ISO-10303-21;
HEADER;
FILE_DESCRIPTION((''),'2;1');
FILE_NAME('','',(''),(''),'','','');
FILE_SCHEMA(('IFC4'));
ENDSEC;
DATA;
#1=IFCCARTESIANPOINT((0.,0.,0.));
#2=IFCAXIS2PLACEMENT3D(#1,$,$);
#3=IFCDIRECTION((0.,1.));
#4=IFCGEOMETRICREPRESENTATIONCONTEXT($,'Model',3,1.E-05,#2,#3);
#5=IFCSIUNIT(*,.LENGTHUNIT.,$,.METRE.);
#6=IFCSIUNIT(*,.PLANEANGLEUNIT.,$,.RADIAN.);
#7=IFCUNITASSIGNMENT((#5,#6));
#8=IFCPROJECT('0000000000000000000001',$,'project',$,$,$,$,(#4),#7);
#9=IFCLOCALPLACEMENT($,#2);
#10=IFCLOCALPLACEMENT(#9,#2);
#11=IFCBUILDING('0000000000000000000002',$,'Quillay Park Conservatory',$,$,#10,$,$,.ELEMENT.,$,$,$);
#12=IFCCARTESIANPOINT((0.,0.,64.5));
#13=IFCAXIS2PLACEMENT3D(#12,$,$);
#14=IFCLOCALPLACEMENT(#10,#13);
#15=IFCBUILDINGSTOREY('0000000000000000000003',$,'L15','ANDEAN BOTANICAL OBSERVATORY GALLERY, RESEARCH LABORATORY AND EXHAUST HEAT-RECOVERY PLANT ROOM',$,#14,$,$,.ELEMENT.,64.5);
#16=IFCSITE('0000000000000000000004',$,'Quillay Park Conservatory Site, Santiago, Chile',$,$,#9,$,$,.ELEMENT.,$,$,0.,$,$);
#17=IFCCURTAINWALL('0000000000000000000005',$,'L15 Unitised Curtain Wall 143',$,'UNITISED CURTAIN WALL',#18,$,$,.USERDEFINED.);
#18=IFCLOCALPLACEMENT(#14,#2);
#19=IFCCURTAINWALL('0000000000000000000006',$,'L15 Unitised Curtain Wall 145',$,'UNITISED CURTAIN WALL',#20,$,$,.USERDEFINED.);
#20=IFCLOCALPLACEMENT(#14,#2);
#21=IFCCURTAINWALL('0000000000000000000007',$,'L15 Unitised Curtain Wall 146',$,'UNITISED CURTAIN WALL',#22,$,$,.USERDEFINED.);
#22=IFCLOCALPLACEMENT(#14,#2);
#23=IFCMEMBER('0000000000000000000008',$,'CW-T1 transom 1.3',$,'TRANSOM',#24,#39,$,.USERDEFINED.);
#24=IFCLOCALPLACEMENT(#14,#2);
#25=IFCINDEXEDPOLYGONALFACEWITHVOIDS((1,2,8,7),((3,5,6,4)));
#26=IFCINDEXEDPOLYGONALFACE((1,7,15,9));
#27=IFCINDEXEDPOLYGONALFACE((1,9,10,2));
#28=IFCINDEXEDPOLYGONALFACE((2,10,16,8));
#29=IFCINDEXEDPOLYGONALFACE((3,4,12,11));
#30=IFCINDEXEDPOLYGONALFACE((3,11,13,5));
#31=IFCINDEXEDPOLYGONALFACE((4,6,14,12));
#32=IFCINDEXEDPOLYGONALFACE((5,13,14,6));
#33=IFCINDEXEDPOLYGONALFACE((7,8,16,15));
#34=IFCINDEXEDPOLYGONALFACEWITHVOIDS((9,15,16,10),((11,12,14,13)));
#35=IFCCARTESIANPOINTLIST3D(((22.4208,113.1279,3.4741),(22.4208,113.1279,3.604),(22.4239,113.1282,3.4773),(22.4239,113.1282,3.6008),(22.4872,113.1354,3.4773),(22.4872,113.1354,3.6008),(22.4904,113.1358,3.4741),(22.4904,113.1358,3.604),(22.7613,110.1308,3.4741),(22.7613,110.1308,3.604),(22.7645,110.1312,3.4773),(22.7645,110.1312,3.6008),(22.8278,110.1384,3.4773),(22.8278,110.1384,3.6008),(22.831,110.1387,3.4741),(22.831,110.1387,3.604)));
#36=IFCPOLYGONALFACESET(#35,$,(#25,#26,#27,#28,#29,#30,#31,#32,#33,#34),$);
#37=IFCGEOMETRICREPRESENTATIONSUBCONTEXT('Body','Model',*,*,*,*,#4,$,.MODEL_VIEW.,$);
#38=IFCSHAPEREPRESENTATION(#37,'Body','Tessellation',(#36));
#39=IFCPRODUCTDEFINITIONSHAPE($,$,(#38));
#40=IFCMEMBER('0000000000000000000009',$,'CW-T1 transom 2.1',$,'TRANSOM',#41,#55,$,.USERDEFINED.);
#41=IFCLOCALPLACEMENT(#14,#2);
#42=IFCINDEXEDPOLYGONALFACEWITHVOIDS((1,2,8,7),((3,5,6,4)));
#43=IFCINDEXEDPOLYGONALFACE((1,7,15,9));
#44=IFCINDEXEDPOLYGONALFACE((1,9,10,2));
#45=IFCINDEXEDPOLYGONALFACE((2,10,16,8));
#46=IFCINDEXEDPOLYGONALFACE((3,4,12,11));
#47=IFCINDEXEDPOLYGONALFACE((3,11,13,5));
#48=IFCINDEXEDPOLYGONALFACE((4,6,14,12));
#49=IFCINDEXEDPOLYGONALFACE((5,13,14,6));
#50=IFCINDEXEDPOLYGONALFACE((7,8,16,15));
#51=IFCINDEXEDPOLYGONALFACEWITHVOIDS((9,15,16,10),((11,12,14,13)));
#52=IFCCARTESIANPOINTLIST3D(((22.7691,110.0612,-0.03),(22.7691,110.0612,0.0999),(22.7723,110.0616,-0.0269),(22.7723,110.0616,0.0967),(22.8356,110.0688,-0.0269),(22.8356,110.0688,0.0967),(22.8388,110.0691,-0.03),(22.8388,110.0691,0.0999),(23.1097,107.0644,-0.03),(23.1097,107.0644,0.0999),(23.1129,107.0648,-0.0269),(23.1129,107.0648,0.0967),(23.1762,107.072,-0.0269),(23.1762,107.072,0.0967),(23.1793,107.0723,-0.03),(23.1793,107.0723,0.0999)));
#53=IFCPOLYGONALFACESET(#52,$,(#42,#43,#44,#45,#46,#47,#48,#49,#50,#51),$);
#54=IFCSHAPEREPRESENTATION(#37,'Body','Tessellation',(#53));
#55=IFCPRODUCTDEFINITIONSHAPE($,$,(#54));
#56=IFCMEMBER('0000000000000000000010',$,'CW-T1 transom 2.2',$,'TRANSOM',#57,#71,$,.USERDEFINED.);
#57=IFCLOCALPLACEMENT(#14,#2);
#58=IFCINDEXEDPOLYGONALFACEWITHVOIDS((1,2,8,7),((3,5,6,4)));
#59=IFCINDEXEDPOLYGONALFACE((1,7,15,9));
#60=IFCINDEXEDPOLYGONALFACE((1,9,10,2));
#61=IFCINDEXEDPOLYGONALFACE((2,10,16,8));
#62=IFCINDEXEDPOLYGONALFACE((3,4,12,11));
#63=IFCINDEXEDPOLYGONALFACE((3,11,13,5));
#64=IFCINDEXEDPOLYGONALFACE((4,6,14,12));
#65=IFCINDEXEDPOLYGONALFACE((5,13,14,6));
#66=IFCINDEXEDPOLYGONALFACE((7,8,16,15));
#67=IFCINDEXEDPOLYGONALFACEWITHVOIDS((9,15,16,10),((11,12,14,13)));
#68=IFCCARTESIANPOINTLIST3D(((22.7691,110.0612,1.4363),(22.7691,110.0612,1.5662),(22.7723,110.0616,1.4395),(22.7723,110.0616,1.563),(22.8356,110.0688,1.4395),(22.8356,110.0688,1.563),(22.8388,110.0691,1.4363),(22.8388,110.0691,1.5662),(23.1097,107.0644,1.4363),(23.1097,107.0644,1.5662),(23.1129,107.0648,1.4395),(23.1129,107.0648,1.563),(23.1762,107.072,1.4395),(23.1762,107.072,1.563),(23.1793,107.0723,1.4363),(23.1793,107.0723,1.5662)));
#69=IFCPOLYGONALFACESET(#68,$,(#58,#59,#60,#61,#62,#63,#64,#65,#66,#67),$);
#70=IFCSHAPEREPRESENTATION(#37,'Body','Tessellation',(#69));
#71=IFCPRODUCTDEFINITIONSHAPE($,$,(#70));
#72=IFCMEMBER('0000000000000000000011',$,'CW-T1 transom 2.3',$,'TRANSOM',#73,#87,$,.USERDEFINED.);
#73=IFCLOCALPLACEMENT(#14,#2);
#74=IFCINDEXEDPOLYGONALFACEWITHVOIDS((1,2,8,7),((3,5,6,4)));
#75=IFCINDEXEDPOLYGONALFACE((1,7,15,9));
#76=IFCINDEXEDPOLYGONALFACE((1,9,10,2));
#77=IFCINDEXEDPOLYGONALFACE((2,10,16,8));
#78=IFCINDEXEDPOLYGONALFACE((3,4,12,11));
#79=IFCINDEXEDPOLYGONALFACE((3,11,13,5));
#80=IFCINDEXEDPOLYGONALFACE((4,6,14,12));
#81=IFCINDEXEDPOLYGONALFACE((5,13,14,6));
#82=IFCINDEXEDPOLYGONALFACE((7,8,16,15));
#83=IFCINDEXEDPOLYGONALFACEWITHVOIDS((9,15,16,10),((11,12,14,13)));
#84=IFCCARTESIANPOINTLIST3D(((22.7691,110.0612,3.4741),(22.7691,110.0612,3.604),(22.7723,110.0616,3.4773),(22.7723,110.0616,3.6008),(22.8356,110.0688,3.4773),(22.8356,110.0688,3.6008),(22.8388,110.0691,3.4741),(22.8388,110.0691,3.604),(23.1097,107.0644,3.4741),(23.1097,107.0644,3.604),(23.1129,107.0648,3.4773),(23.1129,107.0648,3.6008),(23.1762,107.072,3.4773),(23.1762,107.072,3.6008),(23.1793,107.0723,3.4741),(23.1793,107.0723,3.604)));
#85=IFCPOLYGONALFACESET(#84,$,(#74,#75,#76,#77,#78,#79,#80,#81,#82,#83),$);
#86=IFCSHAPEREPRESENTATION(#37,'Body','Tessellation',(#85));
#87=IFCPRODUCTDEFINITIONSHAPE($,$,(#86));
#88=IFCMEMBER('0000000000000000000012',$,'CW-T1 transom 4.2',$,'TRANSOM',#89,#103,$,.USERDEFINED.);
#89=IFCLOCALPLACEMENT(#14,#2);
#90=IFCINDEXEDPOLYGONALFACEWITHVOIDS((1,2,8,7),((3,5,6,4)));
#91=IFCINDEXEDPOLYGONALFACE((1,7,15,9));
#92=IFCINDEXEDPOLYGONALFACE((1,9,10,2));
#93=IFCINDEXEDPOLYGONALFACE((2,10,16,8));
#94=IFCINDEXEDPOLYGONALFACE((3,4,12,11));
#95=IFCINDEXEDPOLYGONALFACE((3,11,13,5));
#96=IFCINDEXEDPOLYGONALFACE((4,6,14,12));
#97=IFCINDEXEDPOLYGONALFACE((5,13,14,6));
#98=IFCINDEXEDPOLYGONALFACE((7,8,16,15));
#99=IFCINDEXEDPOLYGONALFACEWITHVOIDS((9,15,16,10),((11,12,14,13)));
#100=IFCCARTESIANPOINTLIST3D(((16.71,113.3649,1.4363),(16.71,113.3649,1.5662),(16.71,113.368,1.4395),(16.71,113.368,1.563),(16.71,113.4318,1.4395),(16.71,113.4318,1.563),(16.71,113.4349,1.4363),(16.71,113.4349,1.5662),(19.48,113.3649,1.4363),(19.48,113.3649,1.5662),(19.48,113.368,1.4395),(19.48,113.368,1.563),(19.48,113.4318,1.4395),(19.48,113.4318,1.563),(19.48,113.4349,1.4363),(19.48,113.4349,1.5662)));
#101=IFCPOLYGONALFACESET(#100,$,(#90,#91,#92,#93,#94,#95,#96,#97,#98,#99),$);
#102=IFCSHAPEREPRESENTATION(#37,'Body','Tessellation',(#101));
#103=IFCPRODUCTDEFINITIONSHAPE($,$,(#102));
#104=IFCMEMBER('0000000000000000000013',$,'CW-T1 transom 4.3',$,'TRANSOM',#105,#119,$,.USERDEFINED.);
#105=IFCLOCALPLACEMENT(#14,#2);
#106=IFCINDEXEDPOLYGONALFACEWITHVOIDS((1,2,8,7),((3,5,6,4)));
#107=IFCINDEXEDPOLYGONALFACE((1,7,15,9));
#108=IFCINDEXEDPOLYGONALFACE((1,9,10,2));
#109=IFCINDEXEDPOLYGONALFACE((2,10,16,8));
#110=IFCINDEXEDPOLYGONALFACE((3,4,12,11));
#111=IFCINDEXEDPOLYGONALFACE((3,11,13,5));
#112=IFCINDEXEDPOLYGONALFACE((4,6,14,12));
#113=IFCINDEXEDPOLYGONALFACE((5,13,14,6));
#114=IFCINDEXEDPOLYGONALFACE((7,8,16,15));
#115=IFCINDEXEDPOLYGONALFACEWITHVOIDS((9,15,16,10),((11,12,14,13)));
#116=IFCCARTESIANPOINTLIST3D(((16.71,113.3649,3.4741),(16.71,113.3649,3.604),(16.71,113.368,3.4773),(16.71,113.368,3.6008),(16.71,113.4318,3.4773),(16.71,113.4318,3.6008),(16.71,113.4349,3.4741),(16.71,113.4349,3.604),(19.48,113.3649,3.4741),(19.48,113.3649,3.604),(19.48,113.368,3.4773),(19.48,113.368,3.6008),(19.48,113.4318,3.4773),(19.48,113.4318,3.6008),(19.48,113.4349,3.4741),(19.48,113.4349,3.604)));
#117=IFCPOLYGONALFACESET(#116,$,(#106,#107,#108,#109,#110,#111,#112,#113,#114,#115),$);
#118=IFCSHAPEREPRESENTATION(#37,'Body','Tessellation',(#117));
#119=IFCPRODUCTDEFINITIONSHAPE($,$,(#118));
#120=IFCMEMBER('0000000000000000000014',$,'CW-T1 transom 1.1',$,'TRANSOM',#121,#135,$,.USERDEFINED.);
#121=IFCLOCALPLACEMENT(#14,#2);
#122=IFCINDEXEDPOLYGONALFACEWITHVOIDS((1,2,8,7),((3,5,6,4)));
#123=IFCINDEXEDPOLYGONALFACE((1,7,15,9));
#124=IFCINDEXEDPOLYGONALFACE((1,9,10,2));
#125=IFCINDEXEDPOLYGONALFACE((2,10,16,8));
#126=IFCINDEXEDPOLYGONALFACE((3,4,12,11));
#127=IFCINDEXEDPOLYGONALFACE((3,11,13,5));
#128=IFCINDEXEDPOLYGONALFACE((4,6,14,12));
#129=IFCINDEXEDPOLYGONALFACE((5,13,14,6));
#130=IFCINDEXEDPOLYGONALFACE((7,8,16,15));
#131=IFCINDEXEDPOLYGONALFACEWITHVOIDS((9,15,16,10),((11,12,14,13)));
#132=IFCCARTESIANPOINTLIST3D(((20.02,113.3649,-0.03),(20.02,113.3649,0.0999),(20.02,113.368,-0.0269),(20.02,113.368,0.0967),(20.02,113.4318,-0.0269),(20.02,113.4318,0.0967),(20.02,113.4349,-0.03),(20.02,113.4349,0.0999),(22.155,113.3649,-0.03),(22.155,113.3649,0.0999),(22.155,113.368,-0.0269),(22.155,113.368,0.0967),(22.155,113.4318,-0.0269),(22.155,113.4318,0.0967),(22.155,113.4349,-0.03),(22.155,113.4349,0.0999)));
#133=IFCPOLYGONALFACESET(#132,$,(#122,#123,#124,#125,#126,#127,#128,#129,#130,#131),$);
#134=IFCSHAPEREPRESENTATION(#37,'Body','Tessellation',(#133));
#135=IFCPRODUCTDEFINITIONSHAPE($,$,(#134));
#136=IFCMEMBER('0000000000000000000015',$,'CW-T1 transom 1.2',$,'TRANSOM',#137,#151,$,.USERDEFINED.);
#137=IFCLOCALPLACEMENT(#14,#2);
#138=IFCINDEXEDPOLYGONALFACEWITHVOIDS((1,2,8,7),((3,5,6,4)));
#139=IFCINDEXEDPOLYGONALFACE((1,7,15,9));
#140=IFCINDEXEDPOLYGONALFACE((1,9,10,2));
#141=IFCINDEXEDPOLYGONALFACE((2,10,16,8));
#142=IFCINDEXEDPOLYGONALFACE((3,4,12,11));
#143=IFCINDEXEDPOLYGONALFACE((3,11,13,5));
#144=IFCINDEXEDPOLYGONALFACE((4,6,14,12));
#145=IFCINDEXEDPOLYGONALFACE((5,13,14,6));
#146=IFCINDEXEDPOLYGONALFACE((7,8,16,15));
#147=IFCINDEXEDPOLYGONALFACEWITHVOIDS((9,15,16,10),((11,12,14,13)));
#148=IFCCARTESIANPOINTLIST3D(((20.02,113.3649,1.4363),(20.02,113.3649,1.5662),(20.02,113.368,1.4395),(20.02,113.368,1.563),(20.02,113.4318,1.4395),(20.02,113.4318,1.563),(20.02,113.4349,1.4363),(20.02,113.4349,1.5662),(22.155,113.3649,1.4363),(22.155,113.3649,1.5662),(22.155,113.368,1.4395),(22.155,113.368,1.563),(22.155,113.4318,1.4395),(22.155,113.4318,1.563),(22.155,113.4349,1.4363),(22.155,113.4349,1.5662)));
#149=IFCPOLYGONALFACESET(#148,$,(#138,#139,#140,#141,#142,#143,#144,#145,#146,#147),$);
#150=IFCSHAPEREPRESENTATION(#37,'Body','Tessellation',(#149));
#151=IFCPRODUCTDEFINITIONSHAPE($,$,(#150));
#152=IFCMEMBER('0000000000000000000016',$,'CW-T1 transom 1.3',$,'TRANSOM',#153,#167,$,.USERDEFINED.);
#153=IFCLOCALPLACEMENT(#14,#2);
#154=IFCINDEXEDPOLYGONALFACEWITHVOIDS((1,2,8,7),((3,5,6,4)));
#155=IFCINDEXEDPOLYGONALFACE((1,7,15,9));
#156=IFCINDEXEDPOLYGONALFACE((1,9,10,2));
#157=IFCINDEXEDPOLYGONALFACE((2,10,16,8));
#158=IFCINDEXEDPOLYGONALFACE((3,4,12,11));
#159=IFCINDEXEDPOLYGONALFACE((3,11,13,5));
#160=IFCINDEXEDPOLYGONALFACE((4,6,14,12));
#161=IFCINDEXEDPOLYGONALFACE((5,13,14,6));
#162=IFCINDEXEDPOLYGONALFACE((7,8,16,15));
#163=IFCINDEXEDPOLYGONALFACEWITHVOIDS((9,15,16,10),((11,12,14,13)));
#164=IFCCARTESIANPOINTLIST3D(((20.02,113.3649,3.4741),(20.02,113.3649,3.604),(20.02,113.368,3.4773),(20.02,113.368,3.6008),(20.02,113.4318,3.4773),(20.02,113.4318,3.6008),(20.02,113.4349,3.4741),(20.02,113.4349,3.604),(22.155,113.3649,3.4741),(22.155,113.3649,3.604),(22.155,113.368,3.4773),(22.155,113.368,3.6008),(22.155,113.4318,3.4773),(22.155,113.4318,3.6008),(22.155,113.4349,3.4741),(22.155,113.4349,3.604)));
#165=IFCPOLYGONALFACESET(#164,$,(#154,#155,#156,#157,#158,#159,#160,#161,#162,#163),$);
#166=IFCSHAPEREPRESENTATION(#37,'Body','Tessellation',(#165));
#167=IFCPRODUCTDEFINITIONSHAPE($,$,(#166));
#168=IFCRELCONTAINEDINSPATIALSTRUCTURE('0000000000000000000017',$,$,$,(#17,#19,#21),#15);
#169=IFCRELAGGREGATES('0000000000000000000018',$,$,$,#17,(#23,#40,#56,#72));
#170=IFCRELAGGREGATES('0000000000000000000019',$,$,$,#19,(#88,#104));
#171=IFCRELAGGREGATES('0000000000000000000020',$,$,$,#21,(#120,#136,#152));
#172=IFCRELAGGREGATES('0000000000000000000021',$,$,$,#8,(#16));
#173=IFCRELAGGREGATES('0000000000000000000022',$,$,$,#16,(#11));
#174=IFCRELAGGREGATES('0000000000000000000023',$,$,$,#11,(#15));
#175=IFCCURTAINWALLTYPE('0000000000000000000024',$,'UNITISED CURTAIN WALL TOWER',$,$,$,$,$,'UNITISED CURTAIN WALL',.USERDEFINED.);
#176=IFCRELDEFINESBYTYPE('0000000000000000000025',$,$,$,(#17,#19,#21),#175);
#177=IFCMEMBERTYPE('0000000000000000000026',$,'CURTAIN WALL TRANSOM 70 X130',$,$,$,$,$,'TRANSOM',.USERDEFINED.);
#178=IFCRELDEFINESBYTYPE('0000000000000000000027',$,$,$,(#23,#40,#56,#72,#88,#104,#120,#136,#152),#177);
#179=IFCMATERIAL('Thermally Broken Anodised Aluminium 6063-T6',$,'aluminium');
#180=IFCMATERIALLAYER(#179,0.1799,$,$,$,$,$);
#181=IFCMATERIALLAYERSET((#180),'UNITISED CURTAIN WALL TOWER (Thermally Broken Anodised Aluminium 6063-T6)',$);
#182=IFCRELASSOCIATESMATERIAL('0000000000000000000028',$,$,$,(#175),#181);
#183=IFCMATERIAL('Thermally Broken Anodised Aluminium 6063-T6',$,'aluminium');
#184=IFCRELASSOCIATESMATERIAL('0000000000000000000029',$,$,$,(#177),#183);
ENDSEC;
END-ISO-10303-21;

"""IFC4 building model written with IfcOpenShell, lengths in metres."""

from ifc_helpers import new_model, si_unit, direction, frame, origin, origin_2d, place, context, subcontext, project, spatial, hollow_rectangle, extrude, material, layer, layer_set, material_profile, profile_set, type_object, element, aggregate, save


model = new_model("IFC4")

# Units and contexts
model_context = context("Model", 3, precision=1e-05, world=origin(), true_north=direction((0.0, 1.0)))
body_context = subcontext(model_context, "Body", "Model", "MODEL_VIEW")
ifc_project = project(units=[si_unit("LENGTHUNIT", "METRE"), si_unit("PLANEANGLEUNIT", "RADIAN")], contexts=[model_context])

# Site, building, storey
site_placement = place(None, origin())
site = spatial("IfcSite", under=ifc_project, at=site_placement, Name="Quillay Park Conservatory Site, Santiago, Chile", CompositionType="ELEMENT", RefElevation=0.0)
building_placement = place(site_placement, origin())
building = spatial("IfcBuilding", under=site, at=building_placement, Name="Quillay Park Conservatory", CompositionType="ELEMENT")
storey_placement = place(building_placement, frame((0.0, 0.0, 64.5)))
storey = spatial("IfcBuildingStorey", under=building, at=storey_placement, Name="L15", Description="ANDEAN BOTANICAL OBSERVATORY GALLERY, RESEARCH LABORATORY AND EXHAUST HEAT-RECOVERY PLANT ROOM", CompositionType="ELEMENT", Elevation=64.5)

# Curtain wall
ifc_material_1 = material(Name="Thermally Broken Anodised Aluminium 6063-T6", Category="aluminium")
ifc_layer_1 = layer(ifc_material_1, 0.1799)
ifc_layer_set_1 = layer_set([ifc_layer_1], Name="UNITISED CURTAIN WALL TOWER (Thermally Broken Anodised Aluminium 6063-T6)")
curtain_wall_type = type_object("IfcCurtainWallType", Name="UNITISED CURTAIN WALL TOWER", ElementType="UNITISED CURTAIN WALL", PredefinedType="USERDEFINED", material=ifc_layer_set_1)
curtain_wall_1_placement = place(storey_placement, origin())
curtain_wall_1 = element("IfcCurtainWall", 1, at=curtain_wall_1_placement, inside=storey, type_object=curtain_wall_type, Name="L15 Unitised Curtain Wall 143", ObjectType="UNITISED CURTAIN WALL", PredefinedType="USERDEFINED")

# Curtain wall
curtain_wall_2_placement = place(storey_placement, origin())
curtain_wall_2 = element("IfcCurtainWall", 2, at=curtain_wall_2_placement, inside=storey, type_object=curtain_wall_type, Name="L15 Unitised Curtain Wall 145", ObjectType="UNITISED CURTAIN WALL", PredefinedType="USERDEFINED")

# Curtain wall
curtain_wall_3_placement = place(storey_placement, origin())
curtain_wall_3 = element("IfcCurtainWall", 3, at=curtain_wall_3_placement, inside=storey, type_object=curtain_wall_type, Name="L15 Unitised Curtain Wall 146", ObjectType="UNITISED CURTAIN WALL", PredefinedType="USERDEFINED")

# Members
ifc_material_2 = material(Name="Thermally Broken Anodised Aluminium 6063-T6", Category="aluminium")
ifc_material_profile_1 = material_profile(ifc_material_2, hollow_rectangle(XDim=0.0701, YDim=0.1299, WallThickness=0.0032, at=origin_2d()), Name="AL70x130x3.2")
ifc_profile_set_1 = profile_set([ifc_material_profile_1], Name="Thermally Broken Anodised Aluminium 6063-T6")
member_type_1 = type_object("IfcMemberType", Name="CURTAIN WALL TRANSOM 70 X130", ElementType="TRANSOM", PredefinedType="USERDEFINED", material=ifc_profile_set_1)
member_1_placement = place(storey_placement, frame((22.4556, 113.1318, 3.5391), z_axis=(0.11291, -0.993605, 0.0), x_axis=(0.993605, 0.11291, 0.0)))
member_1 = element("IfcMember", 4, at=member_1_placement, type_object=member_type_1, Name="CW-T1 transom 1.3", ObjectType="TRANSOM", PredefinedType="USERDEFINED", context=body_context, shape_type="SweptSolid", body=[
    extrude(hollow_rectangle(XDim=0.0701, YDim=0.1299, WallThickness=0.0032, at=origin_2d()), origin(), (0.0, 0.0, 1.0), 3.0164),
])
member_2_placement = place(storey_placement, frame((22.804, 110.0652, 0.0349), z_axis=(0.112919, -0.993604, 0.0), x_axis=(0.993604, 0.112919, 0.0)))
member_2 = element("IfcMember", 5, at=member_2_placement, type_object=member_type_1, Name="CW-T1 transom 2.1", ObjectType="TRANSOM", PredefinedType="USERDEFINED", context=body_context, shape_type="SweptSolid", body=[
    extrude(hollow_rectangle(XDim=0.0701, YDim=0.1299, WallThickness=0.0032, at=origin_2d()), origin(), (0.0, 0.0, 1.0), 3.0161),
])
member_3_placement = place(storey_placement, frame((22.804, 110.0652, 1.5012), z_axis=(0.112919, -0.993604, 0.0), x_axis=(0.993604, 0.112919, 0.0)))
member_3 = element("IfcMember", 6, at=member_3_placement, type_object=member_type_1, Name="CW-T1 transom 2.2", ObjectType="TRANSOM", PredefinedType="USERDEFINED", context=body_context, shape_type="SweptSolid", body=[
    extrude(hollow_rectangle(XDim=0.0701, YDim=0.1299, WallThickness=0.0032, at=origin_2d()), origin(), (0.0, 0.0, 1.0), 3.0161),
])
member_4_placement = place(storey_placement, frame((22.804, 110.0652, 3.5391), z_axis=(0.112919, -0.993604, 0.0), x_axis=(0.993604, 0.112919, 0.0)))
member_4 = element("IfcMember", 7, at=member_4_placement, type_object=member_type_1, Name="CW-T1 transom 2.3", ObjectType="TRANSOM", PredefinedType="USERDEFINED", context=body_context, shape_type="SweptSolid", body=[
    extrude(hollow_rectangle(XDim=0.0701, YDim=0.1299, WallThickness=0.0032, at=origin_2d()), origin(), (0.0, 0.0, 1.0), 3.0161),
])
member_5_placement = place(storey_placement, frame((16.71, 113.3999, 1.5012), z_axis=(1.0, 0.0, 0.0), x_axis=(0.0, 1.0, 0.0)))
member_5 = element("IfcMember", 8, at=member_5_placement, type_object=member_type_1, Name="CW-T1 transom 4.2", ObjectType="TRANSOM", PredefinedType="USERDEFINED", context=body_context, shape_type="SweptSolid", body=[
    extrude(hollow_rectangle(XDim=0.0701, YDim=0.1299, WallThickness=0.0032, at=origin_2d()), origin(), (0.0, 0.0, 1.0), 2.77),
])
member_6_placement = place(storey_placement, frame((16.71, 113.3999, 3.5391), z_axis=(1.0, 0.0, 0.0), x_axis=(0.0, 1.0, 0.0)))
member_6 = element("IfcMember", 9, at=member_6_placement, type_object=member_type_1, Name="CW-T1 transom 4.3", ObjectType="TRANSOM", PredefinedType="USERDEFINED", context=body_context, shape_type="SweptSolid", body=[
    extrude(hollow_rectangle(XDim=0.0701, YDim=0.1299, WallThickness=0.0032, at=origin_2d()), origin(), (0.0, 0.0, 1.0), 2.77),
])
member_7_placement = place(storey_placement, frame((20.02, 113.3999, 0.0349), z_axis=(1.0, 0.0, 0.0), x_axis=(0.0, 1.0, 0.0)))
member_7 = element("IfcMember", 10, at=member_7_placement, type_object=member_type_1, Name="CW-T1 transom 1.1", ObjectType="TRANSOM", PredefinedType="USERDEFINED", context=body_context, shape_type="SweptSolid", body=[
    extrude(hollow_rectangle(XDim=0.0701, YDim=0.1299, WallThickness=0.0032, at=origin_2d()), origin(), (0.0, 0.0, 1.0), 2.135),
])
member_8_placement = place(storey_placement, frame((20.02, 113.3999, 1.5012), z_axis=(1.0, 0.0, 0.0), x_axis=(0.0, 1.0, 0.0)))
member_8 = element("IfcMember", 11, at=member_8_placement, type_object=member_type_1, Name="CW-T1 transom 1.2", ObjectType="TRANSOM", PredefinedType="USERDEFINED", context=body_context, shape_type="SweptSolid", body=[
    extrude(hollow_rectangle(XDim=0.0701, YDim=0.1299, WallThickness=0.0032, at=origin_2d()), origin(), (0.0, 0.0, 1.0), 2.135),
])
member_9_placement = place(storey_placement, frame((20.02, 113.3999, 3.5391), z_axis=(1.0, 0.0, 0.0), x_axis=(0.0, 1.0, 0.0)))
member_9 = element("IfcMember", 12, at=member_9_placement, type_object=member_type_1, Name="CW-T1 transom 1.3", ObjectType="TRANSOM", PredefinedType="USERDEFINED", context=body_context, shape_type="SweptSolid", body=[
    extrude(hollow_rectangle(XDim=0.0701, YDim=0.1299, WallThickness=0.0032, at=origin_2d()), origin(), (0.0, 0.0, 1.0), 2.135),
])

aggregate(curtain_wall_1, [member_1, member_2, member_3, member_4])
aggregate(curtain_wall_2, [member_5, member_6])
aggregate(curtain_wall_3, [member_7, member_8, member_9])

save(model, "model.ifc")
